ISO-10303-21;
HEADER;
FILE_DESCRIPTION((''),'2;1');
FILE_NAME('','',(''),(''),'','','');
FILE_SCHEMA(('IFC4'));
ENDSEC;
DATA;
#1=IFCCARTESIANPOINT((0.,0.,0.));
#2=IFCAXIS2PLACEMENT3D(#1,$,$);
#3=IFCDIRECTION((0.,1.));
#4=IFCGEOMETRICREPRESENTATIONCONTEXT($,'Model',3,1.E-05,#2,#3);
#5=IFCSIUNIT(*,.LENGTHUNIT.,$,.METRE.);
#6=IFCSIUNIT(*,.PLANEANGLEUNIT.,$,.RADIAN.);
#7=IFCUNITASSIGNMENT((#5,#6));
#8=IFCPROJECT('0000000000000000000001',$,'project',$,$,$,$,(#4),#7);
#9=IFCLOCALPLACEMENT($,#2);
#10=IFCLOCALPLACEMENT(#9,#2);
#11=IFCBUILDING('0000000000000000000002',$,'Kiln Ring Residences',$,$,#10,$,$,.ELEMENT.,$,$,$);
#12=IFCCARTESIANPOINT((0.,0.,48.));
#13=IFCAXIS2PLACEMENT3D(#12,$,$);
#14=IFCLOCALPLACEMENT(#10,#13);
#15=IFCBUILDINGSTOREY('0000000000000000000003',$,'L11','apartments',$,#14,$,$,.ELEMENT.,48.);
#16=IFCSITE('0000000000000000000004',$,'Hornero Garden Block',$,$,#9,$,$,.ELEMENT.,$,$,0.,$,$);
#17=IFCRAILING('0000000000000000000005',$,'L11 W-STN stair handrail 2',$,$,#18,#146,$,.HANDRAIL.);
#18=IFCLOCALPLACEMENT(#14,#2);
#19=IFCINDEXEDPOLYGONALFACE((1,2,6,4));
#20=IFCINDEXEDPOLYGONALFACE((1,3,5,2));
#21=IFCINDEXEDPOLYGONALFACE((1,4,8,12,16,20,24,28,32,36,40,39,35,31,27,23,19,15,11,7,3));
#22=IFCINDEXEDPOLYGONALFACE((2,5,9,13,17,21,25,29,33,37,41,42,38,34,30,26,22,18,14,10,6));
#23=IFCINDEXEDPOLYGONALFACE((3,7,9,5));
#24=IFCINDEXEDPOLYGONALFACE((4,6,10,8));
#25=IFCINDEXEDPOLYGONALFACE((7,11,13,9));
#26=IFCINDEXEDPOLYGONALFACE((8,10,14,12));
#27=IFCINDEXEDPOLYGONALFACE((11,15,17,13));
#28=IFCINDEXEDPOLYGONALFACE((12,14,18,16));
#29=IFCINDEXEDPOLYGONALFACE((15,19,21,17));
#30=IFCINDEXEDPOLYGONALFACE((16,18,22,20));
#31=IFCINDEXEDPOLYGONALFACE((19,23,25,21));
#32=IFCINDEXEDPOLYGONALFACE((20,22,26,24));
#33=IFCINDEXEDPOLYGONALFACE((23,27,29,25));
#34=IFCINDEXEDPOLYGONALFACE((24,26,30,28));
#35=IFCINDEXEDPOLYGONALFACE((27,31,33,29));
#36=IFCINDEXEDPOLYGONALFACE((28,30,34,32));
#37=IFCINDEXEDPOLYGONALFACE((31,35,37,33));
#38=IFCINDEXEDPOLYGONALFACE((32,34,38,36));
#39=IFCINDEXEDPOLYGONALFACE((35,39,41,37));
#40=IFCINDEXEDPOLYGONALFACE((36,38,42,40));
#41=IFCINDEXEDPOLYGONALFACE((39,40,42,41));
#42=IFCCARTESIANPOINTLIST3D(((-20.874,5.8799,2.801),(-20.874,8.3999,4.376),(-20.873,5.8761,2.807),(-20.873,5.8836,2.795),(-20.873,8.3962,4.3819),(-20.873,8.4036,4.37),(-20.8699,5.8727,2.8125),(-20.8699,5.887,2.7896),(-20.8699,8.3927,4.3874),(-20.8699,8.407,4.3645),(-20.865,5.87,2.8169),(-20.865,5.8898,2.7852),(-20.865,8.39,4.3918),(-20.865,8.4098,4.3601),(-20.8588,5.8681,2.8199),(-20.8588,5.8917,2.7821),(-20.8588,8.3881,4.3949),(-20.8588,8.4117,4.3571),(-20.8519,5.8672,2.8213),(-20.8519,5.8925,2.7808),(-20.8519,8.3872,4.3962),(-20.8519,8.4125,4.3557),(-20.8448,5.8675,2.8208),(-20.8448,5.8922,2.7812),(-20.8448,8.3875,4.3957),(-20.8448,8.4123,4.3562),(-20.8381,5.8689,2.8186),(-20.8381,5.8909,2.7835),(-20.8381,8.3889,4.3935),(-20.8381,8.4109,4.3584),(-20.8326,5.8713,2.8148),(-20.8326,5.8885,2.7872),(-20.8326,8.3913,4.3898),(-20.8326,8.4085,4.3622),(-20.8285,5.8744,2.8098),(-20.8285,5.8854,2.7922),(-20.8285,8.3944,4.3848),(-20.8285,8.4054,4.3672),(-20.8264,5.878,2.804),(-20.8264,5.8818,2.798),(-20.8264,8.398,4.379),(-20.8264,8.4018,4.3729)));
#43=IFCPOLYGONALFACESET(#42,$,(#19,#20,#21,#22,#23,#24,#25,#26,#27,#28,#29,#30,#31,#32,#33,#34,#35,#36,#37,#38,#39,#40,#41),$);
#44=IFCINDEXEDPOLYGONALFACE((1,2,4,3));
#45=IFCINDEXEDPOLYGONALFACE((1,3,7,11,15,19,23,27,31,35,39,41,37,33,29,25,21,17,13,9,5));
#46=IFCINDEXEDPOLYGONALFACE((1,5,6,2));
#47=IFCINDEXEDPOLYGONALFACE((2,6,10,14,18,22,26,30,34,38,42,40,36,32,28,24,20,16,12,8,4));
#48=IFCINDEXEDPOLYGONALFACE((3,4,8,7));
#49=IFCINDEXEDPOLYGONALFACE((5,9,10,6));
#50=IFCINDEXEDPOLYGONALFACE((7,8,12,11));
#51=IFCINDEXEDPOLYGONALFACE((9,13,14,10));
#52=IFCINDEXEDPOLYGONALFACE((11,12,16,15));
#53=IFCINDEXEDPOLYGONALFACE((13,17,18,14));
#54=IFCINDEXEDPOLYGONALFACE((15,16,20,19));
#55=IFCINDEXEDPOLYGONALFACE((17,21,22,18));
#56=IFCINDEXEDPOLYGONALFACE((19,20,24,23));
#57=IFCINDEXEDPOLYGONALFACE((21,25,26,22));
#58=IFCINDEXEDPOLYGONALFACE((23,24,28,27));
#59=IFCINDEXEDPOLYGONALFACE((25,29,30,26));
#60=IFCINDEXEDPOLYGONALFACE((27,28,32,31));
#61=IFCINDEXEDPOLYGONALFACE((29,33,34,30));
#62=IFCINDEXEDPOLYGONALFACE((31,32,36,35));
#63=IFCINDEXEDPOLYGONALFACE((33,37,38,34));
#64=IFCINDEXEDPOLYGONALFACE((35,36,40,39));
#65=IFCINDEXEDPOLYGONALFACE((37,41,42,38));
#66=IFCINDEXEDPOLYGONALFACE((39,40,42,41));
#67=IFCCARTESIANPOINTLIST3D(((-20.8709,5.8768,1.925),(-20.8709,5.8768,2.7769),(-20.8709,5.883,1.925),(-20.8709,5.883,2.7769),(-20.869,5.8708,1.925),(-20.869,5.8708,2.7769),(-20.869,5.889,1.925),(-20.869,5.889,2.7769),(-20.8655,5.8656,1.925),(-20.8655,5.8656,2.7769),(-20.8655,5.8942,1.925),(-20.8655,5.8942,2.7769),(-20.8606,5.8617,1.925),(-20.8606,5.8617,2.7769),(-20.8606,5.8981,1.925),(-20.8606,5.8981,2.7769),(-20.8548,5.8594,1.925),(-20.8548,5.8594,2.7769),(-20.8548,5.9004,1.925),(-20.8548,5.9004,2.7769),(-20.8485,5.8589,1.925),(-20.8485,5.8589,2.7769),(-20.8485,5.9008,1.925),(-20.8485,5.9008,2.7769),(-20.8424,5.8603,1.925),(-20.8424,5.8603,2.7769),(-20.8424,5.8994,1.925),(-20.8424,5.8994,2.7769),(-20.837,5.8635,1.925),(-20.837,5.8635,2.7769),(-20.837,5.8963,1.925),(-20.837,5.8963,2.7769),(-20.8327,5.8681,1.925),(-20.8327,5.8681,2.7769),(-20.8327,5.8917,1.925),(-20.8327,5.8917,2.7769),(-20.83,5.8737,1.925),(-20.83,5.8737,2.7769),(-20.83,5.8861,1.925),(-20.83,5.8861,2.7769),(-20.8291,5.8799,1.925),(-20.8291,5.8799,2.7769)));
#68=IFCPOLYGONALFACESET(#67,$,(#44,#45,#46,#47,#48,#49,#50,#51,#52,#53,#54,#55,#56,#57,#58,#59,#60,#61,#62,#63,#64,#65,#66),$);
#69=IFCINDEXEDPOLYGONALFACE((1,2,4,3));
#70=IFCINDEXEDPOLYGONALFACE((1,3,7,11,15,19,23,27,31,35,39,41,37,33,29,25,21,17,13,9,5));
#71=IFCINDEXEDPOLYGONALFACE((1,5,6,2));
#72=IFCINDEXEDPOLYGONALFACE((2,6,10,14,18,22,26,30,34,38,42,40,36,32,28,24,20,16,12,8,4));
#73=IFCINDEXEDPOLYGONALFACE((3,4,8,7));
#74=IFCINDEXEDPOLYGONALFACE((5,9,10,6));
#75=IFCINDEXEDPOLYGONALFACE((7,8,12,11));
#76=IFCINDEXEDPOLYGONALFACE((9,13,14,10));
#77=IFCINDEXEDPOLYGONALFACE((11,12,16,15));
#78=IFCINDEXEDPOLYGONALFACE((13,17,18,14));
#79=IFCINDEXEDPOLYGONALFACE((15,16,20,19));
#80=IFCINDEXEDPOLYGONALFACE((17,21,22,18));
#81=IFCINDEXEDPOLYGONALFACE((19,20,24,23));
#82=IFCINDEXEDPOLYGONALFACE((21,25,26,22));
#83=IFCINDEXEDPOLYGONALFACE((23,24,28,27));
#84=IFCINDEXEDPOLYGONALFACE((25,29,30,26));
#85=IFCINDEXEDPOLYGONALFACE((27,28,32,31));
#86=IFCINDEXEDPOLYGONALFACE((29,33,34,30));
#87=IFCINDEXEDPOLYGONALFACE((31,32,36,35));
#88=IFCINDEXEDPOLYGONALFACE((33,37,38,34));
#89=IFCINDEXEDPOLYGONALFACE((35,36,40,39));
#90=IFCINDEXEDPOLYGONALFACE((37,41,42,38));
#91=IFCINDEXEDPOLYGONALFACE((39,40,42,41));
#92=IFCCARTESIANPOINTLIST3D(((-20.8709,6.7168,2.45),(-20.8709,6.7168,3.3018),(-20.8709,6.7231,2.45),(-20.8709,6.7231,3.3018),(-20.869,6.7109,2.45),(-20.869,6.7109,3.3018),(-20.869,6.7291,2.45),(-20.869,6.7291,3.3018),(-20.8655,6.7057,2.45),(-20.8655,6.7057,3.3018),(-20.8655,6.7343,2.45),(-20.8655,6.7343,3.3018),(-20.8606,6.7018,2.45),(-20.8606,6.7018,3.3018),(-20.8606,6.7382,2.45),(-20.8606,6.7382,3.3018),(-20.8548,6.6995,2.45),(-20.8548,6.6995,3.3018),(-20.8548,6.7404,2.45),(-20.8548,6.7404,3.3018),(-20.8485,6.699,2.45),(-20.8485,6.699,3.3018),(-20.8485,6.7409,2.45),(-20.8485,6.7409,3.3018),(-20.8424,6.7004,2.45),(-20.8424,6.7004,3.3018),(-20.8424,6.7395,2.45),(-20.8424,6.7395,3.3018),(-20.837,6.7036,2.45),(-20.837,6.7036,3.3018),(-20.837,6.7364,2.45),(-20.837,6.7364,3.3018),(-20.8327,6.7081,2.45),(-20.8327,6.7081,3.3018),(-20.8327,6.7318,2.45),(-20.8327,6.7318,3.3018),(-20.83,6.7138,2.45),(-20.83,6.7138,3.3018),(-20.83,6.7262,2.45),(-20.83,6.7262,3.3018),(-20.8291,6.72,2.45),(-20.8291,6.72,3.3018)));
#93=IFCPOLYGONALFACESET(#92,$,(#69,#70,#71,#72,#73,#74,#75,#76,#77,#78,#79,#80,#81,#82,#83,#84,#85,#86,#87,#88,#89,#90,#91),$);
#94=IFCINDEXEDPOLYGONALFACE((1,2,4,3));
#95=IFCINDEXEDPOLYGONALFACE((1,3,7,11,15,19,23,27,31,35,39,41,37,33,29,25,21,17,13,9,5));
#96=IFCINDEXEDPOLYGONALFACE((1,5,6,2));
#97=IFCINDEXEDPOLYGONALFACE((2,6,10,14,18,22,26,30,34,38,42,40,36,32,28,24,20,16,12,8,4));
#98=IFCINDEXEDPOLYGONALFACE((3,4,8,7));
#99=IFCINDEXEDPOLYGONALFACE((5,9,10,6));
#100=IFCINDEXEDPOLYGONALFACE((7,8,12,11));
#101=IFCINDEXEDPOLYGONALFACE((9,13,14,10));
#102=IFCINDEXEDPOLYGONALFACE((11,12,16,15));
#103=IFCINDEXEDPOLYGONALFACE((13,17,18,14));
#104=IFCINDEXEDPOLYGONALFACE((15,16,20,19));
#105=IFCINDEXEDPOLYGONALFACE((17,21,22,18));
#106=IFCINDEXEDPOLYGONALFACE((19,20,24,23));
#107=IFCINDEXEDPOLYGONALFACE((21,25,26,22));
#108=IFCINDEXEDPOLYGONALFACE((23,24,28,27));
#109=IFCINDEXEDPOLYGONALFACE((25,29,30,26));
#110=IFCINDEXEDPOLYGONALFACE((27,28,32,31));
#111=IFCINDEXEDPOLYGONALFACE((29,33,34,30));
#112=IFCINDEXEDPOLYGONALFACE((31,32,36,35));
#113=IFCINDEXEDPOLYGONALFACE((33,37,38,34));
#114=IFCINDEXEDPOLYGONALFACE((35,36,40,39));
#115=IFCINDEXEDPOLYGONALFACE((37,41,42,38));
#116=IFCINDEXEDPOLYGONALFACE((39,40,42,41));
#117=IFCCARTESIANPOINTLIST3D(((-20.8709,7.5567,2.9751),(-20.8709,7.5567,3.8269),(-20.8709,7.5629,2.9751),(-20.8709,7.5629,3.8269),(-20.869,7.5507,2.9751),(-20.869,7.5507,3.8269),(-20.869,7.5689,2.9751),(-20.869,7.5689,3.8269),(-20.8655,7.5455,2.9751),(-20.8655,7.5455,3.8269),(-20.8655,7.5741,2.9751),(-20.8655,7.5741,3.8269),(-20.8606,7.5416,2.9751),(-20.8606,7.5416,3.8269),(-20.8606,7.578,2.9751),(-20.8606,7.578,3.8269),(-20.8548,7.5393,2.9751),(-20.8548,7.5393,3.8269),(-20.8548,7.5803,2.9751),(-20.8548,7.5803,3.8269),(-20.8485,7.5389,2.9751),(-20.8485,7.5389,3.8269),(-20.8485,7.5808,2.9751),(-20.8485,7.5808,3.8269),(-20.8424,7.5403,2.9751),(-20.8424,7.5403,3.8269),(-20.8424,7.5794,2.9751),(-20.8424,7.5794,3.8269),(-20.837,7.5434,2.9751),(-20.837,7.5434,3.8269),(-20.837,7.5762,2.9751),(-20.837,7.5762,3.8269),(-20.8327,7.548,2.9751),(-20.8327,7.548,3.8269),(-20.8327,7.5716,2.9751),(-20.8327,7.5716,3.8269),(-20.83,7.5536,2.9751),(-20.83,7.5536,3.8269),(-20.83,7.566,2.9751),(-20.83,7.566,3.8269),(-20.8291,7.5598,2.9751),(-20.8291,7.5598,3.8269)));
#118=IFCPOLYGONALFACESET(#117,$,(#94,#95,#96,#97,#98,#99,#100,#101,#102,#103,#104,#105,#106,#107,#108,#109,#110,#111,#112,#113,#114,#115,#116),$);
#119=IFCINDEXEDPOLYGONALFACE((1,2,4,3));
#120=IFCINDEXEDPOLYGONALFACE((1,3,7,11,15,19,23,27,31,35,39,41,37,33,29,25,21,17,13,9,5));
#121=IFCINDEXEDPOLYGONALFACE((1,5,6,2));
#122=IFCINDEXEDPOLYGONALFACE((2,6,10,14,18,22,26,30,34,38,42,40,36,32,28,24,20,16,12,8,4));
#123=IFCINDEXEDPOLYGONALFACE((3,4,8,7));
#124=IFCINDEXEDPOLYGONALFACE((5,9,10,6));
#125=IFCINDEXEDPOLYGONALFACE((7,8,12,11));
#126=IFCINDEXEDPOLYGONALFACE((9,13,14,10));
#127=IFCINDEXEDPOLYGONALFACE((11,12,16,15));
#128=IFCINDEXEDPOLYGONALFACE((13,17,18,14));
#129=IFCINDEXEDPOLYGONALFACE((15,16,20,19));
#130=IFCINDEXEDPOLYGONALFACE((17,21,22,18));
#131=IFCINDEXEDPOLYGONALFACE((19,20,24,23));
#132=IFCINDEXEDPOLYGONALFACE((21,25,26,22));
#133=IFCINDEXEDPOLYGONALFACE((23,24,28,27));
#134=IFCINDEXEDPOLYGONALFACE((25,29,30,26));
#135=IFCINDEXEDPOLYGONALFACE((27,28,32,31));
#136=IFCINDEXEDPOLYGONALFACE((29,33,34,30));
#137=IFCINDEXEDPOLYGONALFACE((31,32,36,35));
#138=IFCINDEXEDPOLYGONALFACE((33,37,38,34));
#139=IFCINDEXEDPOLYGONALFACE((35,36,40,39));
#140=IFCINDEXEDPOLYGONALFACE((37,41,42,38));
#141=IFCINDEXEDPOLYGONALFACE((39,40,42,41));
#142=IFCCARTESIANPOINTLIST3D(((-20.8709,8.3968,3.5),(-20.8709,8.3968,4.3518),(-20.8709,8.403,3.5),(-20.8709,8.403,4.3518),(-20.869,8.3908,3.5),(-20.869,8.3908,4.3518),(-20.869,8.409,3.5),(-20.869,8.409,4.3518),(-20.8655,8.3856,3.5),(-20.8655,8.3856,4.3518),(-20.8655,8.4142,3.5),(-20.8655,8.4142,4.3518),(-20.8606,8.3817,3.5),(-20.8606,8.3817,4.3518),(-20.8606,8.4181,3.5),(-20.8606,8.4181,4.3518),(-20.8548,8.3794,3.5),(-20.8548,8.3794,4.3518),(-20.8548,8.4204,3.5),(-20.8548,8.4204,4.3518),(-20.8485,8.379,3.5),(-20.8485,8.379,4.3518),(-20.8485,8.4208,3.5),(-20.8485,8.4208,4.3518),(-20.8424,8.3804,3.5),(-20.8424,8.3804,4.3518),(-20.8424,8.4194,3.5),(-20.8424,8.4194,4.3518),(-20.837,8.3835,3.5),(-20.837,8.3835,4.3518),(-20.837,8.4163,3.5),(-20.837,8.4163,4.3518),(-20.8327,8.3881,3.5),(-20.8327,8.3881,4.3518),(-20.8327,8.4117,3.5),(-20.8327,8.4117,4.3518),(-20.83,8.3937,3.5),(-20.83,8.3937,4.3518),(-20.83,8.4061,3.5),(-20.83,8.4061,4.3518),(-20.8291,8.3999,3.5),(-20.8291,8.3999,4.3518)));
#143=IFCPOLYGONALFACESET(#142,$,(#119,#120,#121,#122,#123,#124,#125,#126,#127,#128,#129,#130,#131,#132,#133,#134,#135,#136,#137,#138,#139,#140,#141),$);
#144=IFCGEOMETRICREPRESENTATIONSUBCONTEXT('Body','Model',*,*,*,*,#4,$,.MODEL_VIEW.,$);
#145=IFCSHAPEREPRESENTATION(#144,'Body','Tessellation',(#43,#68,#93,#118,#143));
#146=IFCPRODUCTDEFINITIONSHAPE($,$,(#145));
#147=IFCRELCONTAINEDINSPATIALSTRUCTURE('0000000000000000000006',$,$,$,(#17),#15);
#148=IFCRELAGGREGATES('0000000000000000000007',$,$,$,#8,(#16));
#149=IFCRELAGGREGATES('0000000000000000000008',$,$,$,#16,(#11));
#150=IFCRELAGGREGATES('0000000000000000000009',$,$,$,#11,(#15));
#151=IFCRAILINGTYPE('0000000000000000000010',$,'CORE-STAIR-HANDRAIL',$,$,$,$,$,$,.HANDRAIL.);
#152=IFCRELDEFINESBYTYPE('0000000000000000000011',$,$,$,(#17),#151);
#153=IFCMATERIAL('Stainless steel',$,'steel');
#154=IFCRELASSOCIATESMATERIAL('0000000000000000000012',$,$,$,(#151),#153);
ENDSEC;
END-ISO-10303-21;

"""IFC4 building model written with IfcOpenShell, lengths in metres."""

from ifc_helpers import new_model, si_unit, direction, frame, origin, origin_2d, place, context, subcontext, project, spatial, circle, extrude, material, type_object, element, save


model = new_model("IFC4")

# Units and contexts
model_context = context("Model", 3, precision=1e-05, world=origin(), true_north=direction((0.0, 1.0)))
body_context = subcontext(model_context, "Body", "Model", "MODEL_VIEW")
ifc_project = project(units=[si_unit("LENGTHUNIT", "METRE"), si_unit("PLANEANGLEUNIT", "RADIAN")], contexts=[model_context])

# Site, building, storey
site_placement = place(None, origin())
site = spatial("IfcSite", under=ifc_project, at=site_placement, Name="Hornero Garden Block", CompositionType="ELEMENT", RefElevation=0.0)
building_placement = place(site_placement, origin())
building = spatial("IfcBuilding", under=site, at=building_placement, Name="Kiln Ring Residences", CompositionType="ELEMENT")
storey_placement = place(building_placement, frame((0.0, 0.0, 48.0)))
storey = spatial("IfcBuildingStorey", under=building, at=storey_placement, Name="L11", Description="apartments", CompositionType="ELEMENT", Elevation=48.0)

# Railing
ifc_material_1 = material(Name="Stainless steel", Category="steel")
railing_type_1 = type_object("IfcRailingType", Name="CORE-STAIR-HANDRAIL", PredefinedType="HANDRAIL", material=ifc_material_1)
railing_1_placement = place(storey_placement, frame((-20.8501, 5.8799, 1.925)))
element("IfcRailing", 1, at=railing_1_placement, inside=storey, type_object=railing_type_1, Name="L11 W-STN stair handrail 2", PredefinedType="HANDRAIL", context=body_context, shape_type="SweptSolid", body=[
    extrude(circle(Radius=0.0239, at=origin_2d()), frame((0.0, 0.0, 0.876), z_axis=(0.0, 0.848008, 0.529984), x_axis=(-1.0, 0.0, 0.0)), (0.0, 0.0, 1.0), 2.9717),
    extrude(circle(Radius=0.021, at=origin_2d()), origin(), (0.0, 0.0, 1.0), 0.8518),
    extrude(circle(Radius=0.021, at=origin_2d()), frame((0.0, 0.8401, 0.5249)), (0.0, 0.0, 1.0), 0.8518),
    extrude(circle(Radius=0.021, at=origin_2d()), frame((0.0, 1.6799, 1.05)), (0.0, 0.0, 1.0), 0.8518),
    extrude(circle(Radius=0.021, at=origin_2d()), frame((0.0, 2.52, 1.575)), (0.0, 0.0, 1.0), 0.8518),
])

save(model, "model.ifc")
